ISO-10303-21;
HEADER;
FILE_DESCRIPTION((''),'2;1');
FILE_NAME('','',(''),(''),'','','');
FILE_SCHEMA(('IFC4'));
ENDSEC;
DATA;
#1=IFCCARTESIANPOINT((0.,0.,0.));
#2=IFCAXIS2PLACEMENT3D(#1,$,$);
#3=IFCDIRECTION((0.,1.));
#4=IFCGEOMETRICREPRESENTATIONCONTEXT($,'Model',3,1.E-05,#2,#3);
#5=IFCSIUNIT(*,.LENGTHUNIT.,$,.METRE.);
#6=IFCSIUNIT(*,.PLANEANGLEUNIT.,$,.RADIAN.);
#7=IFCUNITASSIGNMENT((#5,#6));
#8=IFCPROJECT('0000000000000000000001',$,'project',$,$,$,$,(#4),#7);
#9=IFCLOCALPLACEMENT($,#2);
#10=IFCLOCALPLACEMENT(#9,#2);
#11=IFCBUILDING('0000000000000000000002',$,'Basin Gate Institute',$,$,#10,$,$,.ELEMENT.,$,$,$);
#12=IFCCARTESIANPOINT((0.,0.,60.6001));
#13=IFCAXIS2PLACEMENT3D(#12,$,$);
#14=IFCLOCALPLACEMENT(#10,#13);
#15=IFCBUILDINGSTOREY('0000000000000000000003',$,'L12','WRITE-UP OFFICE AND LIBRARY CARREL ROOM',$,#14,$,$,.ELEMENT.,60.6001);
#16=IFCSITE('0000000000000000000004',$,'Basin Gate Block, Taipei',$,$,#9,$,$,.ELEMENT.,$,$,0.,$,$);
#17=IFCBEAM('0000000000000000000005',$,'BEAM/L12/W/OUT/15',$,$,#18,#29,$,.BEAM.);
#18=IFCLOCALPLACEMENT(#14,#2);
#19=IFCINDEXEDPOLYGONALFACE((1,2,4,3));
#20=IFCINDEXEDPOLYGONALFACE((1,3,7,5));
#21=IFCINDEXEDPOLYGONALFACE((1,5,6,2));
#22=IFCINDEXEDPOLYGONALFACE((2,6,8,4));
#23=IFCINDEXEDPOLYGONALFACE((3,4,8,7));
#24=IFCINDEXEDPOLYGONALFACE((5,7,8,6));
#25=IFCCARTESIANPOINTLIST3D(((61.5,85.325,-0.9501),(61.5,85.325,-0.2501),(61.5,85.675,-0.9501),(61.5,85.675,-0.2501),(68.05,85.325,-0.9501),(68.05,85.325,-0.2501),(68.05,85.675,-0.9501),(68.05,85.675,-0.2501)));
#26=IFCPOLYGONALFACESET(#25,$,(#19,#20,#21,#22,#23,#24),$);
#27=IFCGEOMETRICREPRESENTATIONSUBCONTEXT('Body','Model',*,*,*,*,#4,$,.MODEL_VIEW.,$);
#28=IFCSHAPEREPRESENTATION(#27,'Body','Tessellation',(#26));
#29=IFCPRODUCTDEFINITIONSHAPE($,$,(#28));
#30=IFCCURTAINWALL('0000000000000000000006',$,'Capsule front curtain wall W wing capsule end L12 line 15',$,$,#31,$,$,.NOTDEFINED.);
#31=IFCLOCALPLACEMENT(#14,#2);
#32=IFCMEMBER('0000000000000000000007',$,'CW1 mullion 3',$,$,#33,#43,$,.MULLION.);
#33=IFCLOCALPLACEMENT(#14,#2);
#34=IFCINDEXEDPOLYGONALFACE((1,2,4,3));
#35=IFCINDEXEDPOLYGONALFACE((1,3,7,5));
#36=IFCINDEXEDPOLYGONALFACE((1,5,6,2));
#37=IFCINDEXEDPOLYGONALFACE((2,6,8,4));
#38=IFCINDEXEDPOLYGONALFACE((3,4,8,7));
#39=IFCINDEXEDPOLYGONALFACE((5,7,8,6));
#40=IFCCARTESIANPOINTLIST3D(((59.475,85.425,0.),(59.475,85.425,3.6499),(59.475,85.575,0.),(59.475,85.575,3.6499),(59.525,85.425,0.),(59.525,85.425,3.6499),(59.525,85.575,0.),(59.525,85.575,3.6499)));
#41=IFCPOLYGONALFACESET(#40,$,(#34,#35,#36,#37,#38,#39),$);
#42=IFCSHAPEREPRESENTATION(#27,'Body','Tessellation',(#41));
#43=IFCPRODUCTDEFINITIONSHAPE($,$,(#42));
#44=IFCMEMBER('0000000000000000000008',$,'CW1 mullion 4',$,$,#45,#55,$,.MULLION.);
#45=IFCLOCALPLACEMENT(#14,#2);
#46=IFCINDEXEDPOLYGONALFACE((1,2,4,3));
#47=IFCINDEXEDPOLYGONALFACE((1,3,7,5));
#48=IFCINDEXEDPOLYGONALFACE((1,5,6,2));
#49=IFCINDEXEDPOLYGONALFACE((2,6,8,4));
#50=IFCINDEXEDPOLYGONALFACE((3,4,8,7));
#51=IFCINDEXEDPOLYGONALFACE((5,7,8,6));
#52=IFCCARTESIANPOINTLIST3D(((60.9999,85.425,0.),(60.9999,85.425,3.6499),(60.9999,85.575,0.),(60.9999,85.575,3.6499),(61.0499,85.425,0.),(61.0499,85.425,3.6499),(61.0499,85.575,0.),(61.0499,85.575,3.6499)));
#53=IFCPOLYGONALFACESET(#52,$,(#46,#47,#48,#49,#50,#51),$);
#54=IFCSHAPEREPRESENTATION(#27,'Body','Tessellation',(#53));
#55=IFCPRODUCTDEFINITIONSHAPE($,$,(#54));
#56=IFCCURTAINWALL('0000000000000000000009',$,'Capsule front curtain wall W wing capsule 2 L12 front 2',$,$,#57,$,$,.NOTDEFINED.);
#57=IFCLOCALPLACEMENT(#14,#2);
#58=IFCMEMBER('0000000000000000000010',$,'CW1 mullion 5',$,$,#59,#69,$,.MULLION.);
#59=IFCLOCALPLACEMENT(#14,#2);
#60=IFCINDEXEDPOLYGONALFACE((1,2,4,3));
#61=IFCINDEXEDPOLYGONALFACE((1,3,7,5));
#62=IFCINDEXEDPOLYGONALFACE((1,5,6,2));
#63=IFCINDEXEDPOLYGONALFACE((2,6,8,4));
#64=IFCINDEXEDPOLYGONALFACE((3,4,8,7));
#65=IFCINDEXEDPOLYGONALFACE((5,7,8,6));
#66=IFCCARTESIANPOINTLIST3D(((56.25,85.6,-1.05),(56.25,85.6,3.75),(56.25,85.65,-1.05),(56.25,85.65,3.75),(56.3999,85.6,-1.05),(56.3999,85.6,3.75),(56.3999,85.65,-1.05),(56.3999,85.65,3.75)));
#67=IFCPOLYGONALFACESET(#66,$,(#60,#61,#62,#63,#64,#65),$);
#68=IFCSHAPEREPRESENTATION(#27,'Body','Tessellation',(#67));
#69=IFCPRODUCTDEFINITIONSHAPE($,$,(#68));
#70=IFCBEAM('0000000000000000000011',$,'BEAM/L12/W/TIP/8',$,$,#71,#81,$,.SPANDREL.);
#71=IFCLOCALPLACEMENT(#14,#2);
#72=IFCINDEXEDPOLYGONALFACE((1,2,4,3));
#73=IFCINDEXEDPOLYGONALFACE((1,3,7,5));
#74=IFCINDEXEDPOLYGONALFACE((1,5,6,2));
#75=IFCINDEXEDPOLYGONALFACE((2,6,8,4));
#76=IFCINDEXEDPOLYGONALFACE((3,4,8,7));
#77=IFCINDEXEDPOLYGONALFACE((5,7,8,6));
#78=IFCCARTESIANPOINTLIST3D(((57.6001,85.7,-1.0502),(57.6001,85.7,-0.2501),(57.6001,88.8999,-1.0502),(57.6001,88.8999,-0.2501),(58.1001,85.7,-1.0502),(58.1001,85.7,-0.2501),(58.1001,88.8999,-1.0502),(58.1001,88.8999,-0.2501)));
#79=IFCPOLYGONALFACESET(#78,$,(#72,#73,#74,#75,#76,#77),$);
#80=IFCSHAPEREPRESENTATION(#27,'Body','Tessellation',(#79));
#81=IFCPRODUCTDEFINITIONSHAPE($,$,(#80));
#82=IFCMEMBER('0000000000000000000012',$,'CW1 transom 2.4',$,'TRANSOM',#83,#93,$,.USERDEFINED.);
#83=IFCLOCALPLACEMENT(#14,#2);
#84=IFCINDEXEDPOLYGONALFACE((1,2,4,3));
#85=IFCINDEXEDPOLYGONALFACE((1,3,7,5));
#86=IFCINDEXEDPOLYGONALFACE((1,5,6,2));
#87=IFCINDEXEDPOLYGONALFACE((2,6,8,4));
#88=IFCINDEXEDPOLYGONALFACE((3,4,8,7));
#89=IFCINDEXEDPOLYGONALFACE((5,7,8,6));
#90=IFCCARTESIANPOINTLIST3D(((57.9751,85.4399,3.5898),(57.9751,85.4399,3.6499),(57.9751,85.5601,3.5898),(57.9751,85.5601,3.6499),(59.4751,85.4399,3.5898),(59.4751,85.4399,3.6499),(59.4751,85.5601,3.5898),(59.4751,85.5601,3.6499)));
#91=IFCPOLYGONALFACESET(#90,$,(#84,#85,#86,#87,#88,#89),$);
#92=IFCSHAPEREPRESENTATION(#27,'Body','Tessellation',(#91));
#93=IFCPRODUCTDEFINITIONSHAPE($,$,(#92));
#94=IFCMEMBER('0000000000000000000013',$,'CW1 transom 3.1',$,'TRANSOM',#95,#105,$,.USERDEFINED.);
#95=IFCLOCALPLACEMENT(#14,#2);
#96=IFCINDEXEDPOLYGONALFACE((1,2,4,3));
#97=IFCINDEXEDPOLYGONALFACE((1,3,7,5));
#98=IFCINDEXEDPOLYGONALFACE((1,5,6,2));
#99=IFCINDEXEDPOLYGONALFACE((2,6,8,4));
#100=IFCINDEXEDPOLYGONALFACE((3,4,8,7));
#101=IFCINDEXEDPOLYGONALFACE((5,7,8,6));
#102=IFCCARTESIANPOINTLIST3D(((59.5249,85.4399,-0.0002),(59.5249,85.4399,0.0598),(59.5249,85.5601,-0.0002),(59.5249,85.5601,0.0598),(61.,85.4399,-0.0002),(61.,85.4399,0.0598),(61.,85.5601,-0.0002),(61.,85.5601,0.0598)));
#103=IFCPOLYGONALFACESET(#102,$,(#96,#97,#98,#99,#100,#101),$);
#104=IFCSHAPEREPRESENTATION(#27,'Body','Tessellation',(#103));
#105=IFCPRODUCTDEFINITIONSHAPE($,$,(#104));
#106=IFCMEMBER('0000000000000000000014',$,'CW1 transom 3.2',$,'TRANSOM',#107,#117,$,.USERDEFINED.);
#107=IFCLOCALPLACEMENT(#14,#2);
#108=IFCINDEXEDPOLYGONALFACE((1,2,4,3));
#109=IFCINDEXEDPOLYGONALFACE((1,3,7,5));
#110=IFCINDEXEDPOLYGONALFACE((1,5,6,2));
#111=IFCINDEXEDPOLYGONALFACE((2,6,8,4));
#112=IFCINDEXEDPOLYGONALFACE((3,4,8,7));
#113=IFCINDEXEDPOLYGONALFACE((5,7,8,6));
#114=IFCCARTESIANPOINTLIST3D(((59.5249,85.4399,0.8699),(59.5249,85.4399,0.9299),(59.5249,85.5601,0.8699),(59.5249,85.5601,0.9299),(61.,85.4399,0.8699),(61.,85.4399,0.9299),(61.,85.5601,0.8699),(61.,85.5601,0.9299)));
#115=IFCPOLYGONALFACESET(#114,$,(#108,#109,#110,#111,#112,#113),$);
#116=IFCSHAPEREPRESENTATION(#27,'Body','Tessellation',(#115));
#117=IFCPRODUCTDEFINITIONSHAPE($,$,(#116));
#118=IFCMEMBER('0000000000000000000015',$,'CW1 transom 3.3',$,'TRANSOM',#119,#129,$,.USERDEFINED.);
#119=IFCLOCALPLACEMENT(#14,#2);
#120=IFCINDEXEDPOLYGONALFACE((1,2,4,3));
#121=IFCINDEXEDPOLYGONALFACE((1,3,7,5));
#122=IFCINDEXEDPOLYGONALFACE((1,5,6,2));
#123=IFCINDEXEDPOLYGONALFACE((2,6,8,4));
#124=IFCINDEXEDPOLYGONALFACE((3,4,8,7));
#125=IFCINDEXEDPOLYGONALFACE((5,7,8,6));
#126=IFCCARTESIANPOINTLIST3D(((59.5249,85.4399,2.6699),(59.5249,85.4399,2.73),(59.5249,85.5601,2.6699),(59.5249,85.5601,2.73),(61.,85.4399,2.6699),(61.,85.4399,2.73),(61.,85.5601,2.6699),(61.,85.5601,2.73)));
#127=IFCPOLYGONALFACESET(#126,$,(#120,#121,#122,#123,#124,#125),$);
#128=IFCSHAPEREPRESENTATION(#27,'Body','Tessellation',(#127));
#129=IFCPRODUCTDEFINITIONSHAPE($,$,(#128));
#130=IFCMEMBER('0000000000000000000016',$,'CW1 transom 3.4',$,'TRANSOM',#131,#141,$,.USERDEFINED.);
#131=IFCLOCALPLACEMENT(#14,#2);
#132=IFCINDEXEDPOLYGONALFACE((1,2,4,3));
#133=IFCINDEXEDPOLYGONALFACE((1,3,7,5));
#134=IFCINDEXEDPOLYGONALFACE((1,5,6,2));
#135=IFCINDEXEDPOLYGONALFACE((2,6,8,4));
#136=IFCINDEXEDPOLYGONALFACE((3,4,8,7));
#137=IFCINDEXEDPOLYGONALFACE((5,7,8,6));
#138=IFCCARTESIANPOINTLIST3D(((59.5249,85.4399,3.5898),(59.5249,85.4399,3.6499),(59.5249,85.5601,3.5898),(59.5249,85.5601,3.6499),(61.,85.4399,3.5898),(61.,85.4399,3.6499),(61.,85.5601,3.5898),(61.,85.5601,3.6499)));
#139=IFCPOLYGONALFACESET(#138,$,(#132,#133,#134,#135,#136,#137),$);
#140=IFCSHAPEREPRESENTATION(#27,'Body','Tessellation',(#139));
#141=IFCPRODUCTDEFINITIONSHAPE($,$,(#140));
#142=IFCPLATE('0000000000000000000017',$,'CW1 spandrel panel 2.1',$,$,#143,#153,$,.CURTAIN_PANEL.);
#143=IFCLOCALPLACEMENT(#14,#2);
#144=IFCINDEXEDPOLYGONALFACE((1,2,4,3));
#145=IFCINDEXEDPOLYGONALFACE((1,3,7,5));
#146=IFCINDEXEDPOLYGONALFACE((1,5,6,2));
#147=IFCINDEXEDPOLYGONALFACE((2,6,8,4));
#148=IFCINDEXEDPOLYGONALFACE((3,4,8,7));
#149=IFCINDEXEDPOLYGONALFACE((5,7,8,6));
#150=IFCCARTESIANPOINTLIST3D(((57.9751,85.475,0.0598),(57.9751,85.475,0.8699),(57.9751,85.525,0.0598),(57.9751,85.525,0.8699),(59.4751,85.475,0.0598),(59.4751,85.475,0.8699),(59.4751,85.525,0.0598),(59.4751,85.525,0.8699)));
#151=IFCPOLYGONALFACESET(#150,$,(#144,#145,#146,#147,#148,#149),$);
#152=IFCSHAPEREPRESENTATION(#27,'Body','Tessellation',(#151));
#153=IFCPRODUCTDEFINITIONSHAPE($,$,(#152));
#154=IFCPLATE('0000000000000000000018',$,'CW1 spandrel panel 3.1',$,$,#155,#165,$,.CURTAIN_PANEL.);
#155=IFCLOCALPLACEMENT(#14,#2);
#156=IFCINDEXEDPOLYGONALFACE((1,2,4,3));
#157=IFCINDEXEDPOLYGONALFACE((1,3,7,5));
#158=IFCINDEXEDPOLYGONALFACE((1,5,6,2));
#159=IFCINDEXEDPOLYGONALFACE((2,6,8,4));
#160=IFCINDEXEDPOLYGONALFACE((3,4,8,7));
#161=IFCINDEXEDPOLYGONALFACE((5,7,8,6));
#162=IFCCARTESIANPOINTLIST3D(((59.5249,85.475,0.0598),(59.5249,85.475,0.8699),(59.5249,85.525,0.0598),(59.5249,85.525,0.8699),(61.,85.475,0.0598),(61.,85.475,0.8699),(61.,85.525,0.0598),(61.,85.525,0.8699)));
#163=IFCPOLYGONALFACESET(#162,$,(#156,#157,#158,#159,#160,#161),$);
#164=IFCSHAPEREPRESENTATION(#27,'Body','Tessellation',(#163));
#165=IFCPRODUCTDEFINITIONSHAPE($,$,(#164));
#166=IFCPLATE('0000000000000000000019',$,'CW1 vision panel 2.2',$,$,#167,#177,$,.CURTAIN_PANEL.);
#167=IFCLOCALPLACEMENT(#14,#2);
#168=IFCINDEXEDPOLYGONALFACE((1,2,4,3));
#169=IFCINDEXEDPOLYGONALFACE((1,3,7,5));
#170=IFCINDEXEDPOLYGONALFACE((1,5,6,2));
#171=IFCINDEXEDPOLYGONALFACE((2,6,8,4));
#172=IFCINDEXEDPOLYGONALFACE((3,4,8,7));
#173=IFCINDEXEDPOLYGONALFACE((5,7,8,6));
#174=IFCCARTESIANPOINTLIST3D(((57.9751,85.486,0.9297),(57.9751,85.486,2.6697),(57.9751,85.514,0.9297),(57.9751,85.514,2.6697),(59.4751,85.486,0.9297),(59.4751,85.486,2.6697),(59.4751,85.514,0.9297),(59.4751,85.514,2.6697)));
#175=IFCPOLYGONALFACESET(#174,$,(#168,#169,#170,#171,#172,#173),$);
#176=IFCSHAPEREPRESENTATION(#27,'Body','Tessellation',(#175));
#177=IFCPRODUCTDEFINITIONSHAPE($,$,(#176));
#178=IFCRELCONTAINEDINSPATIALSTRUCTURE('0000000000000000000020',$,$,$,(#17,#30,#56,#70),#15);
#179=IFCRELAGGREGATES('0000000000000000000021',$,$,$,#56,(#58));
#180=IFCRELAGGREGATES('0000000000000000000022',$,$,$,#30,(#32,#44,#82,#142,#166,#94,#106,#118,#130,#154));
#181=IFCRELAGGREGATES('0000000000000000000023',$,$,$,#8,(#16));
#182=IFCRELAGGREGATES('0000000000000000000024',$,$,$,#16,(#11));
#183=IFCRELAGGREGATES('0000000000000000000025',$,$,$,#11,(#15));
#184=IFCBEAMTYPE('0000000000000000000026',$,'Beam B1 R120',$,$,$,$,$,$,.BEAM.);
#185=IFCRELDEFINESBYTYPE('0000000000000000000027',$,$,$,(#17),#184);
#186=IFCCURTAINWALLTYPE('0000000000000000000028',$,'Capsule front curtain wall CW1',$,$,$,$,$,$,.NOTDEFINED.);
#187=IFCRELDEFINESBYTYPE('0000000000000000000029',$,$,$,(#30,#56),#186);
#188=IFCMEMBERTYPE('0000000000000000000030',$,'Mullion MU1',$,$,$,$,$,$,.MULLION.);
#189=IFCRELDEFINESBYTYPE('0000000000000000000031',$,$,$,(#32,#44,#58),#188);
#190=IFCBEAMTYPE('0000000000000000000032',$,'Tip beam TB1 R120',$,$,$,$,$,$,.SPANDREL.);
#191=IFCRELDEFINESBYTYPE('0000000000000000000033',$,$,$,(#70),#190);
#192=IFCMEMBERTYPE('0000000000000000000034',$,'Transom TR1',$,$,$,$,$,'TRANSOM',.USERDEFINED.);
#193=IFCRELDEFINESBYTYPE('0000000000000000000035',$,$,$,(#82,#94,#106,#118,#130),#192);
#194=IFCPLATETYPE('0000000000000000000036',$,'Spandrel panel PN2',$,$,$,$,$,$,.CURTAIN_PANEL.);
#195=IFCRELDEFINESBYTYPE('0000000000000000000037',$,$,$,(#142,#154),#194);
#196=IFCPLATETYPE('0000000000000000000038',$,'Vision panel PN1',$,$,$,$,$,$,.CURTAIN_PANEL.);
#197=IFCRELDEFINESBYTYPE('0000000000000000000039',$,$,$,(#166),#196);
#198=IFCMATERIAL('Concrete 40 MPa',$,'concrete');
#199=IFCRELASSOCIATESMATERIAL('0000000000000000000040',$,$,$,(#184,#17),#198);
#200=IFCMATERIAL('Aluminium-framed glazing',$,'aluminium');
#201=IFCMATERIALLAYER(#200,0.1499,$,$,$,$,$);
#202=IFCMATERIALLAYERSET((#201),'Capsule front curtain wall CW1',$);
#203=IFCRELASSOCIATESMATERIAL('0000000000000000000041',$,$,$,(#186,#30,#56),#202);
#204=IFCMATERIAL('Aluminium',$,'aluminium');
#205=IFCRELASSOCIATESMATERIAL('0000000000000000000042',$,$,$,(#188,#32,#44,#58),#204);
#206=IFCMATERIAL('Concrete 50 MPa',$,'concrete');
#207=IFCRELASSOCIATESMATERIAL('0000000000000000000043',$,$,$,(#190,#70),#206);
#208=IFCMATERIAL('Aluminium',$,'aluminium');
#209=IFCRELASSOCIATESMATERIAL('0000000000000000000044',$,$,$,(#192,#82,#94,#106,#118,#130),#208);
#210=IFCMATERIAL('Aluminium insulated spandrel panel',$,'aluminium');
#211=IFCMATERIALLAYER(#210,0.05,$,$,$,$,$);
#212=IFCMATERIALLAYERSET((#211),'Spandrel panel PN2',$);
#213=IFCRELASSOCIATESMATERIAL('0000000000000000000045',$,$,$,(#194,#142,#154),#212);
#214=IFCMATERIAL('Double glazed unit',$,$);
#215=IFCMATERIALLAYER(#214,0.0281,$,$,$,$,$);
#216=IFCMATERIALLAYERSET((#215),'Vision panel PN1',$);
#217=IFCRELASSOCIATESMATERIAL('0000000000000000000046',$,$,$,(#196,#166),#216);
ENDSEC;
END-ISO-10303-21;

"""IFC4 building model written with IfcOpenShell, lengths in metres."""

from ifc_helpers import new_model, si_unit, direction, frame, origin, origin_2d, place, context, subcontext, project, spatial, rectangle, extrude, material, layer, layer_set, material_profile, profile_set, type_object, element, aggregate, save


model = new_model("IFC4")

# Units and contexts
model_context = context("Model", 3, precision=1e-05, world=origin(), true_north=direction((0.0, 1.0)))
body_context = subcontext(model_context, "Body", "Model", "MODEL_VIEW")
ifc_project = project(units=[si_unit("LENGTHUNIT", "METRE"), si_unit("PLANEANGLEUNIT", "RADIAN")], contexts=[model_context])

# Site, building, storey
site_placement = place(None, origin())
site = spatial("IfcSite", under=ifc_project, at=site_placement, Name="Basin Gate Block, Taipei", CompositionType="ELEMENT", RefElevation=0.0)
building_placement = place(site_placement, origin())
building = spatial("IfcBuilding", under=site, at=building_placement, Name="Basin Gate Institute", CompositionType="ELEMENT")
storey_placement = place(building_placement, frame((0.0, 0.0, 60.6001)))
storey = spatial("IfcBuildingStorey", under=building, at=storey_placement, Name="L12", Description="WRITE-UP OFFICE AND LIBRARY CARREL ROOM", CompositionType="ELEMENT", Elevation=60.6001)

# Beam
ifc_material_1 = material(Name="Concrete 40 MPa", Category="concrete")
ifc_material_profile_1 = material_profile(ifc_material_1, rectangle(XDim=0.3501, YDim=0.7, at=origin_2d()), Name="Beam B1 350 x 700")
ifc_profile_set_1 = profile_set([ifc_material_profile_1], Name="Concrete 40 MPa")
beam_type_1 = type_object("IfcBeamType", Name="Beam B1 R120", PredefinedType="BEAM", material=ifc_profile_set_1)
beam_1_placement = place(storey_placement, frame((61.5, 85.5, -0.6001), z_axis=(1.0, 0.0, 0.0), x_axis=(0.0, 1.0, 0.0)))
element("IfcBeam", 1, at=beam_1_placement, inside=storey, type_object=beam_type_1, material=ifc_profile_set_1, Name="BEAM/L12/W/OUT/15", PredefinedType="BEAM", context=body_context, shape_type="SweptSolid", body=[
    extrude(rectangle(XDim=0.3501, YDim=0.7, at=origin_2d()), origin(), (0.0, 0.0, 1.0), 6.55),
])

# Curtain wall, members
ifc_material_2 = material(Name="Aluminium-framed glazing", Category="aluminium")
ifc_layer_1 = layer(ifc_material_2, 0.1499)
ifc_layer_set_1 = layer_set([ifc_layer_1], Name="Capsule front curtain wall CW1")
curtain_wall_type = type_object("IfcCurtainWallType", Name="Capsule front curtain wall CW1", PredefinedType="NOTDEFINED", material=ifc_layer_set_1)
curtain_wall_1_placement = place(storey_placement, origin())
curtain_wall_1 = element("IfcCurtainWall", 2, at=curtain_wall_1_placement, inside=storey, type_object=curtain_wall_type, material=ifc_layer_set_1, Name="Capsule front curtain wall W wing capsule end L12 line 15", PredefinedType="NOTDEFINED")
ifc_material_3 = material(Name="Aluminium", Category="aluminium")
ifc_material_profile_2 = material_profile(ifc_material_3, rectangle(XDim=0.1499, YDim=0.05, at=origin_2d()), Name="Mullion MU1 150 x 50")
ifc_profile_set_2 = profile_set([ifc_material_profile_2], Name="Aluminium")
member_type_1 = type_object("IfcMemberType", Name="Mullion MU1", PredefinedType="MULLION", material=ifc_profile_set_2)
member_1_placement = place(storey_placement, frame((59.5, 85.5, 0.0), z_axis=(0.0, 0.0, 1.0), x_axis=(0.0, 1.0, 0.0)))
member_1 = element("IfcMember", 3, at=member_1_placement, type_object=member_type_1, material=ifc_profile_set_2, Name="CW1 mullion 3", PredefinedType="MULLION", context=body_context, shape_type="SweptSolid", body=[
    extrude(rectangle(XDim=0.1499, YDim=0.05, at=origin_2d()), origin(), (0.0, 0.0, 1.0), 3.6499),
])
member_2_placement = place(storey_placement, frame((61.0249, 85.5, 0.0), z_axis=(0.0, 0.0, 1.0), x_axis=(0.0, 1.0, 0.0)))
member_2 = element("IfcMember", 4, at=member_2_placement, type_object=member_type_1, material=ifc_profile_set_2, Name="CW1 mullion 4", PredefinedType="MULLION", context=body_context, shape_type="SweptSolid", body=[
    extrude(rectangle(XDim=0.1499, YDim=0.05, at=origin_2d()), origin(), (0.0, 0.0, 1.0), 3.6499),
])

# Curtain wall, member
curtain_wall_2_placement = place(storey_placement, origin())
curtain_wall_2 = element("IfcCurtainWall", 5, at=curtain_wall_2_placement, inside=storey, type_object=curtain_wall_type, material=ifc_layer_set_1, Name="Capsule front curtain wall W wing capsule 2 L12 front 2", PredefinedType="NOTDEFINED")
member_3_placement = place(storey_placement, frame((56.325, 85.625, -1.05), z_axis=(0.0, 0.0, 1.0), x_axis=(-1.0, 0.0, 0.0)))
member_3 = element("IfcMember", 6, at=member_3_placement, type_object=member_type_1, material=ifc_profile_set_2, Name="CW1 mullion 5", PredefinedType="MULLION", context=body_context, shape_type="SweptSolid", body=[
    extrude(rectangle(XDim=0.1499, YDim=0.05, at=origin_2d()), origin(), (0.0, 0.0, 1.0), 4.8),
])
aggregate(curtain_wall_2, [member_3])

# Beam
ifc_material_4 = material(Name="Concrete 50 MPa", Category="concrete")
ifc_material_profile_3 = material_profile(ifc_material_4, rectangle(XDim=0.5, YDim=0.8, at=origin_2d()), Name="Tip beam TB1 500 x 800")
ifc_profile_set_3 = profile_set([ifc_material_profile_3], Name="Concrete 50 MPa")
beam_type_2 = type_object("IfcBeamType", Name="Tip beam TB1 R120", PredefinedType="SPANDREL", material=ifc_profile_set_3)
beam_2_placement = place(storey_placement, frame((57.8501, 85.7, -0.6501), z_axis=(0.0, 1.0, 0.0), x_axis=(-1.0, 0.0, 0.0)))
element("IfcBeam", 7, at=beam_2_placement, inside=storey, type_object=beam_type_2, material=ifc_profile_set_3, Name="BEAM/L12/W/TIP/8", PredefinedType="SPANDREL", context=body_context, shape_type="SweptSolid", body=[
    extrude(rectangle(XDim=0.5, YDim=0.8, at=origin_2d()), origin(), (0.0, 0.0, 1.0), 3.2),
])

# Members
ifc_material_5 = material(Name="Aluminium", Category="aluminium")
ifc_material_profile_4 = material_profile(ifc_material_5, rectangle(XDim=0.1201, YDim=0.0601, at=origin_2d()), Name="Transom TR1 120 x 60")
ifc_profile_set_4 = profile_set([ifc_material_profile_4], Name="Aluminium")
member_type_2 = type_object("IfcMemberType", Name="Transom TR1", ElementType="TRANSOM", PredefinedType="USERDEFINED", material=ifc_profile_set_4)
member_4_placement = place(storey_placement, frame((57.9751, 85.5, 3.6199), z_axis=(1.0, 0.0, 0.0), x_axis=(0.0, 1.0, 0.0)))
member_4 = element("IfcMember", 8, at=member_4_placement, type_object=member_type_2, material=ifc_profile_set_4, Name="CW1 transom 2.4", ObjectType="TRANSOM", PredefinedType="USERDEFINED", context=body_context, shape_type="SweptSolid", body=[
    extrude(rectangle(XDim=0.1201, YDim=0.0601, at=origin_2d()), origin(), (0.0, 0.0, 1.0), 1.5),
])
member_5_placement = place(storey_placement, frame((59.5249, 85.5, 0.0298), z_axis=(1.0, 0.0, 0.0), x_axis=(0.0, 1.0, 0.0)))
member_5 = element("IfcMember", 9, at=member_5_placement, type_object=member_type_2, material=ifc_profile_set_4, Name="CW1 transom 3.1", ObjectType="TRANSOM", PredefinedType="USERDEFINED", context=body_context, shape_type="SweptSolid", body=[
    extrude(rectangle(XDim=0.1201, YDim=0.0601, at=origin_2d()), origin(), (0.0, 0.0, 1.0), 1.4751),
])
member_6_placement = place(storey_placement, frame((59.5249, 85.5, 0.8999), z_axis=(1.0, 0.0, 0.0), x_axis=(0.0, 1.0, 0.0)))
member_6 = element("IfcMember", 10, at=member_6_placement, type_object=member_type_2, material=ifc_profile_set_4, Name="CW1 transom 3.2", ObjectType="TRANSOM", PredefinedType="USERDEFINED", context=body_context, shape_type="SweptSolid", body=[
    extrude(rectangle(XDim=0.1201, YDim=0.0601, at=origin_2d()), origin(), (0.0, 0.0, 1.0), 1.4751),
])
member_7_placement = place(storey_placement, frame((59.5249, 85.5, 2.7), z_axis=(1.0, 0.0, 0.0), x_axis=(0.0, 1.0, 0.0)))
member_7 = element("IfcMember", 11, at=member_7_placement, type_object=member_type_2, material=ifc_profile_set_4, Name="CW1 transom 3.3", ObjectType="TRANSOM", PredefinedType="USERDEFINED", context=body_context, shape_type="SweptSolid", body=[
    extrude(rectangle(XDim=0.1201, YDim=0.0601, at=origin_2d()), origin(), (0.0, 0.0, 1.0), 1.4751),
])
member_8_placement = place(storey_placement, frame((59.5249, 85.5, 3.6199), z_axis=(1.0, 0.0, 0.0), x_axis=(0.0, 1.0, 0.0)))
member_8 = element("IfcMember", 12, at=member_8_placement, type_object=member_type_2, material=ifc_profile_set_4, Name="CW1 transom 3.4", ObjectType="TRANSOM", PredefinedType="USERDEFINED", context=body_context, shape_type="SweptSolid", body=[
    extrude(rectangle(XDim=0.1201, YDim=0.0601, at=origin_2d()), origin(), (0.0, 0.0, 1.0), 1.4751),
])

# Plates
ifc_material_6 = material(Name="Aluminium insulated spandrel panel", Category="aluminium")
ifc_layer_2 = layer(ifc_material_6, 0.05)
ifc_layer_set_2 = layer_set([ifc_layer_2], Name="Spandrel panel PN2")
plate_type_1 = type_object("IfcPlateType", Name="Spandrel panel PN2", PredefinedType="CURTAIN_PANEL", material=ifc_layer_set_2)
plate_1_placement = place(storey_placement, frame((58.7251, 85.5, 0.0598), z_axis=(0.0, 0.0, 1.0), x_axis=(1.0, 0.0, 0.0)))
plate_1 = element("IfcPlate", 13, at=plate_1_placement, type_object=plate_type_1, material=ifc_layer_set_2, Name="CW1 spandrel panel 2.1", PredefinedType="CURTAIN_PANEL", context=body_context, shape_type="SweptSolid", body=[
    extrude(rectangle(XDim=1.5, YDim=0.05, at=origin_2d()), origin(), (0.0, 0.0, 1.0), 0.8101),
])
plate_2_placement = place(storey_placement, frame((60.2625, 85.5, 0.0598), z_axis=(0.0, 0.0, 1.0), x_axis=(1.0, 0.0, 0.0)))
plate_2 = element("IfcPlate", 14, at=plate_2_placement, type_object=plate_type_1, material=ifc_layer_set_2, Name="CW1 spandrel panel 3.1", PredefinedType="CURTAIN_PANEL", context=body_context, shape_type="SweptSolid", body=[
    extrude(rectangle(XDim=1.4751, YDim=0.05, at=origin_2d()), origin(), (0.0, 0.0, 1.0), 0.8101),
])
ifc_material_7 = material(Name="Double glazed unit")
ifc_layer_3 = layer(ifc_material_7, 0.0281)
ifc_layer_set_3 = layer_set([ifc_layer_3], Name="Vision panel PN1")
plate_type_2 = type_object("IfcPlateType", Name="Vision panel PN1", PredefinedType="CURTAIN_PANEL", material=ifc_layer_set_3)
plate_3_placement = place(storey_placement, frame((58.7251, 85.5, 0.9297), z_axis=(0.0, 0.0, 1.0), x_axis=(1.0, 0.0, 0.0)))
plate_3 = element("IfcPlate", 15, at=plate_3_placement, type_object=plate_type_2, material=ifc_layer_set_3, Name="CW1 vision panel 2.2", PredefinedType="CURTAIN_PANEL", context=body_context, shape_type="SweptSolid", body=[
    extrude(rectangle(XDim=1.5, YDim=0.0281, at=origin_2d()), origin(), (0.0, 0.0, 1.0), 1.74),
])
aggregate(curtain_wall_1, [member_1, member_2, member_4, plate_1, plate_3, member_5, member_6, member_7, member_8, plate_2])

save(model, "model.ifc")
